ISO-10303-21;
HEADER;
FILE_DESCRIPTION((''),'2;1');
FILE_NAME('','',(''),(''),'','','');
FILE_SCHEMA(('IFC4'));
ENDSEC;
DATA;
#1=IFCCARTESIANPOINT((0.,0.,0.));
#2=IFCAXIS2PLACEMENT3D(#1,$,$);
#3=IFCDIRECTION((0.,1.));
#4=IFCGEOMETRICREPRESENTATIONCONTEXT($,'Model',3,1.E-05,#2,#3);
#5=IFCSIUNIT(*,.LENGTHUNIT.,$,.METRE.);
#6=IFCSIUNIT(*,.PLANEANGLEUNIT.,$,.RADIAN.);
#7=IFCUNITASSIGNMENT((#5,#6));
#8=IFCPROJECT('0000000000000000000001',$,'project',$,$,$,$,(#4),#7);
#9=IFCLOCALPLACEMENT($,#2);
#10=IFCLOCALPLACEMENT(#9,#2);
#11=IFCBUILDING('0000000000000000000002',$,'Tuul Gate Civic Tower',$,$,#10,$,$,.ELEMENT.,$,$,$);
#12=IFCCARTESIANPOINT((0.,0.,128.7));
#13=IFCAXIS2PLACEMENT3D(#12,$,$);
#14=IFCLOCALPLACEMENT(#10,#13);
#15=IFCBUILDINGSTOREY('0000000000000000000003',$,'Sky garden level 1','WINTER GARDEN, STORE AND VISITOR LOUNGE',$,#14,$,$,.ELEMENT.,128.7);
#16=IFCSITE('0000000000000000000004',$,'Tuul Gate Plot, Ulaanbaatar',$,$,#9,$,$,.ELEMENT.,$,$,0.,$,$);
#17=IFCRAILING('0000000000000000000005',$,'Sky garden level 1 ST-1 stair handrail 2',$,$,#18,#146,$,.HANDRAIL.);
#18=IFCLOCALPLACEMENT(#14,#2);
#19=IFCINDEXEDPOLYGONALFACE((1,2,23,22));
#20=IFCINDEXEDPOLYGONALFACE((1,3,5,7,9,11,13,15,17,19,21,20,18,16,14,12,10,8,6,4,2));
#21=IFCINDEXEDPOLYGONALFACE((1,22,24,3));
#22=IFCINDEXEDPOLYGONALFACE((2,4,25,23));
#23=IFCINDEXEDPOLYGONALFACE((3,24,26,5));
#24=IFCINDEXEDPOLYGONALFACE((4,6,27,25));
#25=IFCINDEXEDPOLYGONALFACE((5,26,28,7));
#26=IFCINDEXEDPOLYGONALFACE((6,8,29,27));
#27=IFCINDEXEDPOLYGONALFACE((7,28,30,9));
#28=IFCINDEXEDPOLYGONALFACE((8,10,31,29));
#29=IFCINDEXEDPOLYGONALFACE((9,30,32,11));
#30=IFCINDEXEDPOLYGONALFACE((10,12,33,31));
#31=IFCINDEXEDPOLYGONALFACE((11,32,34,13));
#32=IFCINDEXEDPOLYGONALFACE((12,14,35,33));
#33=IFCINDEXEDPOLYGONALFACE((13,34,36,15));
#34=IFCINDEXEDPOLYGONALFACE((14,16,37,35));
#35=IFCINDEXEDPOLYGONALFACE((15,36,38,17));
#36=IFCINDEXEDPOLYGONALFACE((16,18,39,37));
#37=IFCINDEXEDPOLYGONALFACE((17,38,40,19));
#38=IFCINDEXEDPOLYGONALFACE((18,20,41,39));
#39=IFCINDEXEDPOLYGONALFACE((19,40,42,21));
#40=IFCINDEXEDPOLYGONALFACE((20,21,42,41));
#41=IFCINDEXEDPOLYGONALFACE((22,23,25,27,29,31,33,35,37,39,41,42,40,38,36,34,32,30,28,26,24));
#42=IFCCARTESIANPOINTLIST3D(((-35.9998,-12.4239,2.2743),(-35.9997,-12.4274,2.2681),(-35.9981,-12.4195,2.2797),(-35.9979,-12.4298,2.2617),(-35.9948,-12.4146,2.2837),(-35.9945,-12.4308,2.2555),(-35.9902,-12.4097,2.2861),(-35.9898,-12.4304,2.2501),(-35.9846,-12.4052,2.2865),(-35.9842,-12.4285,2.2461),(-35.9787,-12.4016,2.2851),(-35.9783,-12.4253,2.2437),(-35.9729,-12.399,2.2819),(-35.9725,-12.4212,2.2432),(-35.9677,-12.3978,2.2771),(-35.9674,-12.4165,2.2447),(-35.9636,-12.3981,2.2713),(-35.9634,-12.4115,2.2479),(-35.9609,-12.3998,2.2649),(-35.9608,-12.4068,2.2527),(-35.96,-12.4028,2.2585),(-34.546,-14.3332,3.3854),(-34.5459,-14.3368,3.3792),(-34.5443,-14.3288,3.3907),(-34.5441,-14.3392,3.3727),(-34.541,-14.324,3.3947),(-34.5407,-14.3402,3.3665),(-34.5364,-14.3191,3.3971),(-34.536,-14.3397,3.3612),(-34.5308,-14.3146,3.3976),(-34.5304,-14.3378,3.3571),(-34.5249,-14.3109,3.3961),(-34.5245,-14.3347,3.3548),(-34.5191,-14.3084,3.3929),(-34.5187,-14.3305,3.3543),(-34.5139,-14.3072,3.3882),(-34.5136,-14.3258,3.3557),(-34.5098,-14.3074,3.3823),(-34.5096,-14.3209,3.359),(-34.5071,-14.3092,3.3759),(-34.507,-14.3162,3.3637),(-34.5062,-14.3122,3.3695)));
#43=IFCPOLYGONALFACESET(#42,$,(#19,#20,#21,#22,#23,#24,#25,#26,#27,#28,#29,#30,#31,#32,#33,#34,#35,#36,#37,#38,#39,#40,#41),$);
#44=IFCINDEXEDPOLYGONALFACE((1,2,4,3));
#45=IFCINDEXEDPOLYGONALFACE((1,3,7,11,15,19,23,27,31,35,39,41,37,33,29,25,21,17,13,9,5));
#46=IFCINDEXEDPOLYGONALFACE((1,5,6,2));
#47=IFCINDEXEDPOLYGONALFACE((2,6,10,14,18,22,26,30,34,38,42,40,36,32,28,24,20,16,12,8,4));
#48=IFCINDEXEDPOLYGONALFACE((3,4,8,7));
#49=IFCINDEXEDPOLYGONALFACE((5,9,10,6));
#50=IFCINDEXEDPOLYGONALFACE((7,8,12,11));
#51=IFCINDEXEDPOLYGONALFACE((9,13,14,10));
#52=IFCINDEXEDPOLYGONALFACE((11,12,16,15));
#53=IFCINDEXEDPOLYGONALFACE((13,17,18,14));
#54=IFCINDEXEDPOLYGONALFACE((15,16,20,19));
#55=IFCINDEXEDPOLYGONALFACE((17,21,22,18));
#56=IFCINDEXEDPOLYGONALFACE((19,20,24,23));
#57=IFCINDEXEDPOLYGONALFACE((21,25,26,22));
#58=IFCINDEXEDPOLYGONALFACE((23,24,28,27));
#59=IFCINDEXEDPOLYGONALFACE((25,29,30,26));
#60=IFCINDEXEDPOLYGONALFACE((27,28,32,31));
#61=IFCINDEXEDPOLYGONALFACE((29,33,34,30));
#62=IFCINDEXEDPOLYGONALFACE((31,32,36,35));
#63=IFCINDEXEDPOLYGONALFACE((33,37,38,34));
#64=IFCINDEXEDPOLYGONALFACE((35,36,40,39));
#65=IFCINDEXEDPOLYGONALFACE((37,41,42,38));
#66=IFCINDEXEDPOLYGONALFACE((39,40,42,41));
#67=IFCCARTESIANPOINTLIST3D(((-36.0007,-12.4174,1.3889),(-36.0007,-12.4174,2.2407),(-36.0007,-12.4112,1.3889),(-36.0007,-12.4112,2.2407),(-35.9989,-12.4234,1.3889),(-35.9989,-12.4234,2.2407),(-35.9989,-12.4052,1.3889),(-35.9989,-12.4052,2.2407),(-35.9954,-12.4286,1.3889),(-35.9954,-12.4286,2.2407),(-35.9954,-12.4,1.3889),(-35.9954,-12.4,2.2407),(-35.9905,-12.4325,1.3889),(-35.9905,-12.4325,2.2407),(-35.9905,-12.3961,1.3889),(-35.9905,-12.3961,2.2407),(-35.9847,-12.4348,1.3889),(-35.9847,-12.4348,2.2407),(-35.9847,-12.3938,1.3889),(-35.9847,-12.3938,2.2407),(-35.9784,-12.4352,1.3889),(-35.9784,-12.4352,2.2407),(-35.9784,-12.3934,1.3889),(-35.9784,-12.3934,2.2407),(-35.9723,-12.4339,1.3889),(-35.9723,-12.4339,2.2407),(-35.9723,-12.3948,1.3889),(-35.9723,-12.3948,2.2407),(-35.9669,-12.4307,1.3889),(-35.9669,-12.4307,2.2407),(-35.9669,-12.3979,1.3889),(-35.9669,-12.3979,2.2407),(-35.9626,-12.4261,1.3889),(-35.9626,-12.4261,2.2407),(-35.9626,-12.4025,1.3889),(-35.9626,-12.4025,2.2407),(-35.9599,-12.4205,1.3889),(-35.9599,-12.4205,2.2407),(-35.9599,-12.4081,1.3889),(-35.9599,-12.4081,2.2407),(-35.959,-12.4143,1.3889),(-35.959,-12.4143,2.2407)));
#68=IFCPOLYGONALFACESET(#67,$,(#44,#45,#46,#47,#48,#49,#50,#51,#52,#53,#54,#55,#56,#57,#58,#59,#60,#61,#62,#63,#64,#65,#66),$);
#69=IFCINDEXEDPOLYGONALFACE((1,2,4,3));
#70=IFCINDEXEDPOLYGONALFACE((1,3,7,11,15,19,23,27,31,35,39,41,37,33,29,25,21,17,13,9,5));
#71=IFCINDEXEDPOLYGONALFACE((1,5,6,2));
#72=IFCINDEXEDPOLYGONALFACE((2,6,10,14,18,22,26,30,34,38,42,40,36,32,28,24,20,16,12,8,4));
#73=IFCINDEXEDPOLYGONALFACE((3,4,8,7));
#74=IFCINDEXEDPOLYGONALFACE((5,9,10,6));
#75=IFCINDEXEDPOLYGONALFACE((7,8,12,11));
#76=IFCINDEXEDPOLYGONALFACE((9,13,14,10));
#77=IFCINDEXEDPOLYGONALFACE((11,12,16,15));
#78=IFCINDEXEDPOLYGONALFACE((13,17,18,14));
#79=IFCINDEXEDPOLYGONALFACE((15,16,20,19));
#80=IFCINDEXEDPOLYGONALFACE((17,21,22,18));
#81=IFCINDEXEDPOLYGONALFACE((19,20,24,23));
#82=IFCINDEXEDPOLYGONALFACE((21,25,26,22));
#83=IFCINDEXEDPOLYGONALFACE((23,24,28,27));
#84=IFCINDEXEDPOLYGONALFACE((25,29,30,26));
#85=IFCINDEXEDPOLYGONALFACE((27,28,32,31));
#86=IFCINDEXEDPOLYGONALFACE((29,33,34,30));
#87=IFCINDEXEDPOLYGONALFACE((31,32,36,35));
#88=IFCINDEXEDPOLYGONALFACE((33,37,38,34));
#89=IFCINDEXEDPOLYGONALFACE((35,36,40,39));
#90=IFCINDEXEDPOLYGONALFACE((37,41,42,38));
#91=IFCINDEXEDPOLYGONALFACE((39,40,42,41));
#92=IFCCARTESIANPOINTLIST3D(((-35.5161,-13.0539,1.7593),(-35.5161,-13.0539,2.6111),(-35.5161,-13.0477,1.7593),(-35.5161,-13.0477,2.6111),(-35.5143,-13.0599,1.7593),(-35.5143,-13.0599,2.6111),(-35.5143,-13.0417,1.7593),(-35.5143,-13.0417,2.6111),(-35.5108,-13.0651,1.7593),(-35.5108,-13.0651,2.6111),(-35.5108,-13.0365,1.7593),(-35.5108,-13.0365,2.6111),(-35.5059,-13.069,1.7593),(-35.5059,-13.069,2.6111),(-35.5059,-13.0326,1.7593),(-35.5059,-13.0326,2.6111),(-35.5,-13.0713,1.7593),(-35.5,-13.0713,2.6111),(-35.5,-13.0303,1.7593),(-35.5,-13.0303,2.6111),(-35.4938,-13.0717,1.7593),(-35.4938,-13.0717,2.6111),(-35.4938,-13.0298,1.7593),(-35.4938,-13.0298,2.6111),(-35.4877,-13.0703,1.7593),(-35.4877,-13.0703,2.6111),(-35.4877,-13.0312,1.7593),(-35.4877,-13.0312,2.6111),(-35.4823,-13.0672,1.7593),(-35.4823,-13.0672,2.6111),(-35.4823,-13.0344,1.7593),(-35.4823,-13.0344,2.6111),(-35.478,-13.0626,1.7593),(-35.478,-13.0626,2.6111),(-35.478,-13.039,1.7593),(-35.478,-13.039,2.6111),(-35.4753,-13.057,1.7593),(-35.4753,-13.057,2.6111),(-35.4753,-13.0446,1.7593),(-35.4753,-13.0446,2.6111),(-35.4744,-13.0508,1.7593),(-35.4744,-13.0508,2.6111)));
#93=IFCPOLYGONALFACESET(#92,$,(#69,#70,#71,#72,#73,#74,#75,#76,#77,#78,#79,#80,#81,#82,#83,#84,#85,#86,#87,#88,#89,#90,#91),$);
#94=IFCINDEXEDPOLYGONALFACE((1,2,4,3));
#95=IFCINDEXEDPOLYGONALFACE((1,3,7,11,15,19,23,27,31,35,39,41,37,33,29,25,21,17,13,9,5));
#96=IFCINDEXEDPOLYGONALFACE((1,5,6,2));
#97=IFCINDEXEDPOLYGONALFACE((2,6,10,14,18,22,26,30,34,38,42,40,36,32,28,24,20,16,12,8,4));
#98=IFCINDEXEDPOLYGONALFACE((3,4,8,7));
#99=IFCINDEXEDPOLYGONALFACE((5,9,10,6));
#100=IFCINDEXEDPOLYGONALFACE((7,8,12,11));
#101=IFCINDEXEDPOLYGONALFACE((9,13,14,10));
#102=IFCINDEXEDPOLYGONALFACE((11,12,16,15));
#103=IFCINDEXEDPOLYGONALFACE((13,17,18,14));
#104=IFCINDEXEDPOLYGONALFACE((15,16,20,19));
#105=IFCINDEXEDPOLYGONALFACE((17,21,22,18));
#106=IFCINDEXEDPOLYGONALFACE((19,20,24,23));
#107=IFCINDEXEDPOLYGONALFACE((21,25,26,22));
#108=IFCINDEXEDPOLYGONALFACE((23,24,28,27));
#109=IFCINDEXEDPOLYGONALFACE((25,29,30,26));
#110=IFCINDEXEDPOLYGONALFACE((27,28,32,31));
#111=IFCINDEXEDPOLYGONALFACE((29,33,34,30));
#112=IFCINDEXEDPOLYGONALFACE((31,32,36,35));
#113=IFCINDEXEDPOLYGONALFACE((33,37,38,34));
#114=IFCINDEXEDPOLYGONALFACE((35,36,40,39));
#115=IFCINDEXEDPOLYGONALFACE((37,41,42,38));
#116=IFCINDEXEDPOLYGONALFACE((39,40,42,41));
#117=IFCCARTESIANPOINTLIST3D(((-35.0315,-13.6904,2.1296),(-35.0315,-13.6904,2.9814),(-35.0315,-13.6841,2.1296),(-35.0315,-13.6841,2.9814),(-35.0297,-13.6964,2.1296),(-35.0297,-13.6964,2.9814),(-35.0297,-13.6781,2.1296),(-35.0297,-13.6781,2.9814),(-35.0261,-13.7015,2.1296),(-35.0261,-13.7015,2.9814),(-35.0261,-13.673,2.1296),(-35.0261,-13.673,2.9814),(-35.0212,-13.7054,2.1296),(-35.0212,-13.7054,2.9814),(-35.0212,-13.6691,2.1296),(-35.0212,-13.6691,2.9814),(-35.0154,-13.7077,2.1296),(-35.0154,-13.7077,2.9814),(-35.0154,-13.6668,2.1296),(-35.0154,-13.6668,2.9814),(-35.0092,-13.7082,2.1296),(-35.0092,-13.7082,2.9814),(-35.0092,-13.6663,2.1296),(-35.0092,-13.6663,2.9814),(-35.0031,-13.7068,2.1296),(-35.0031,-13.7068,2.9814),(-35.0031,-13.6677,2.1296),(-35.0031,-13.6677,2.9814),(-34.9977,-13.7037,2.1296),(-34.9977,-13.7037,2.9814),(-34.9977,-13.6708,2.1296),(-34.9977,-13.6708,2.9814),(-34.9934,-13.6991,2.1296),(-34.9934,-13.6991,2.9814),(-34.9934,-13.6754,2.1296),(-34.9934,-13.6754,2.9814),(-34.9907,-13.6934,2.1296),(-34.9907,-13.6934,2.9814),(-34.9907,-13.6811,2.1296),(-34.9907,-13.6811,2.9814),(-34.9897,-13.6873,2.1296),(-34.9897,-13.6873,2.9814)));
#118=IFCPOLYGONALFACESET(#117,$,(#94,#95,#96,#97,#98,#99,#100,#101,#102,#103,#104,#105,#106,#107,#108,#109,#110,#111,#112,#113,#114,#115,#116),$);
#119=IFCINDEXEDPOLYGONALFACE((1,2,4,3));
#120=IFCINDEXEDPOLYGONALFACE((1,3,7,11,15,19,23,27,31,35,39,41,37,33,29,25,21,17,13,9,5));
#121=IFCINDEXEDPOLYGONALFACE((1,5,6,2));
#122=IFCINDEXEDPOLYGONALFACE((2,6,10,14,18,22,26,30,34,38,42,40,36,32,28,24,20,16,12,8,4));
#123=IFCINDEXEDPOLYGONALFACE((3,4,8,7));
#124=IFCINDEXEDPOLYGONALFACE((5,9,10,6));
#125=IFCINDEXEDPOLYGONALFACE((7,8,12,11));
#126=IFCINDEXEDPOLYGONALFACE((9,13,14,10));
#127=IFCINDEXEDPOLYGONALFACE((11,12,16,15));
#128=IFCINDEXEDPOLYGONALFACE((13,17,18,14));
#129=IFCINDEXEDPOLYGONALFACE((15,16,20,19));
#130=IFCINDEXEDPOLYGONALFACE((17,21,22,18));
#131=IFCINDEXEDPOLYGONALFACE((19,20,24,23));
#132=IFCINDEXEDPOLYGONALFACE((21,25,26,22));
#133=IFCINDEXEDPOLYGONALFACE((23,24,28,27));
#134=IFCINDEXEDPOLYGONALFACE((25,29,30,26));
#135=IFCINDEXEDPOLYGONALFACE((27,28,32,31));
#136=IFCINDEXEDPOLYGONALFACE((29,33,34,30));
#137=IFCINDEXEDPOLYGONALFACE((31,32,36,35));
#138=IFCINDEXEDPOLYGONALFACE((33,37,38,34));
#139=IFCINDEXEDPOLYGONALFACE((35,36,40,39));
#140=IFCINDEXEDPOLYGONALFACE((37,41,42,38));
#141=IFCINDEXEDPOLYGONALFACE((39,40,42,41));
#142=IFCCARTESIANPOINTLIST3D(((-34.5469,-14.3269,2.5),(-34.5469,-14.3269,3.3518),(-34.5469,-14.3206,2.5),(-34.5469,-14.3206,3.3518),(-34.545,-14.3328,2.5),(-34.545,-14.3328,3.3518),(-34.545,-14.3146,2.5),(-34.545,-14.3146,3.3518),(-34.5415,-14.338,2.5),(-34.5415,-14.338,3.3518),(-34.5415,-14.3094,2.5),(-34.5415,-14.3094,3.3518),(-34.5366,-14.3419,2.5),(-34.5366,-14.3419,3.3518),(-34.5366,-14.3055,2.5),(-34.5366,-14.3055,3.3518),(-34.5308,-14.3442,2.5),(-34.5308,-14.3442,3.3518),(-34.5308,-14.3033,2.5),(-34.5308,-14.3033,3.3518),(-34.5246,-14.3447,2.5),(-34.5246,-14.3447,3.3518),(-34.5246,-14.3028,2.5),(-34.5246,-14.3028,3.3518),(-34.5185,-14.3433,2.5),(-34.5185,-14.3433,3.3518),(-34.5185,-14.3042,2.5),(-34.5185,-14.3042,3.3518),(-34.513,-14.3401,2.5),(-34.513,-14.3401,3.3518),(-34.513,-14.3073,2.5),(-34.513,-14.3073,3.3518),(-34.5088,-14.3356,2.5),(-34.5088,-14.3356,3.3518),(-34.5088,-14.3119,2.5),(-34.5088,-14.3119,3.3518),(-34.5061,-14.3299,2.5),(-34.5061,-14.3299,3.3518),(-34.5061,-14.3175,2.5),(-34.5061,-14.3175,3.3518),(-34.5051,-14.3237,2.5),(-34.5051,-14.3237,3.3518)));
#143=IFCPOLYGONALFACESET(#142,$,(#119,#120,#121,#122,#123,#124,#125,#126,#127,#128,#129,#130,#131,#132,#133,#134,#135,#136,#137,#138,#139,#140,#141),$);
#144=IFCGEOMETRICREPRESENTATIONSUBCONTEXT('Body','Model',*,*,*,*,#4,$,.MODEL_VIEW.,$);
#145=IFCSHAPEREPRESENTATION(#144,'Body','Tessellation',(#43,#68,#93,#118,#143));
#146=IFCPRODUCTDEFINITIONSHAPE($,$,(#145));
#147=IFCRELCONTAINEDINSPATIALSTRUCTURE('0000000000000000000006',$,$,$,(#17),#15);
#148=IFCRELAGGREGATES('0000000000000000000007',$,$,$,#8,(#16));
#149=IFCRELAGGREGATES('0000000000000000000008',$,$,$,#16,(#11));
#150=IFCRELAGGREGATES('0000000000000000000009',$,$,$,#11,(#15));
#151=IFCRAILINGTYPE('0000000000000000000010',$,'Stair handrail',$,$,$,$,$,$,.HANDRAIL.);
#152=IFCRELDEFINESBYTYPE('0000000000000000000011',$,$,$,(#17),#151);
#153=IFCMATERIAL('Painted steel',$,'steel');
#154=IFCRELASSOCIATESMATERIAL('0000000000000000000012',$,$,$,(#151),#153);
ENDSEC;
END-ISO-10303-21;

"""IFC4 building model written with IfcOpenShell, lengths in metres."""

from ifc_helpers import new_model, si_unit, direction, frame, origin, origin_2d, place, context, subcontext, project, spatial, circle, extrude, material, type_object, element, save


model = new_model("IFC4")

# Units and contexts
model_context = context("Model", 3, precision=1e-05, world=origin(), true_north=direction((0.0, 1.0)))
body_context = subcontext(model_context, "Body", "Model", "MODEL_VIEW")
ifc_project = project(units=[si_unit("LENGTHUNIT", "METRE"), si_unit("PLANEANGLEUNIT", "RADIAN")], contexts=[model_context])

# Site, building, storey
site_placement = place(None, origin())
site = spatial("IfcSite", under=ifc_project, at=site_placement, Name="Tuul Gate Plot, Ulaanbaatar", CompositionType="ELEMENT", RefElevation=0.0)
building_placement = place(site_placement, origin())
building = spatial("IfcBuilding", under=site, at=building_placement, Name="Tuul Gate Civic Tower", CompositionType="ELEMENT")
storey_placement = place(building_placement, frame((0.0, 0.0, 128.7)))
storey = spatial("IfcBuildingStorey", under=building, at=storey_placement, Name="Sky garden level 1", Description="WINTER GARDEN, STORE AND VISITOR LOUNGE", CompositionType="ELEMENT", Elevation=128.7)

# Railing
ifc_material_1 = material(Name="Painted steel", Category="steel")
railing_type_1 = type_object("IfcRailingType", Name="Stair handrail", PredefinedType="HANDRAIL", material=ifc_material_1)
for number, where, name in (
    (1, (-35.98, -12.4143, 1.3889), "Sky garden level 1 ST-1 stair handrail 2"),
):
    element("IfcRailing", number, at=place(storey_placement, frame(where)), inside=storey, type_object=railing_type_1, Name=name, PredefinedType="HANDRAIL", context=body_context, shape_type="SweptSolid", body=[
        extrude(circle(Radius=0.0239, at=origin_2d()), frame((0.0, 0.0, 0.876), z_axis=(0.549738, -0.721998, 0.420127), x_axis=(0.795621, 0.605795, 0.0)), (0.0, 0.0, 1.0), 2.6445),
        extrude(circle(Radius=0.021, at=origin_2d()), origin(), (0.0, 0.0, 1.0), 0.8518),
        extrude(circle(Radius=0.021, at=origin_2d()), frame((0.4846, -0.6365, 0.3704)), (0.0, 0.0, 1.0), 0.8518),
        extrude(circle(Radius=0.021, at=origin_2d()), frame((0.9692, -1.2729, 0.7407)), (0.0, 0.0, 1.0), 0.8518),
        extrude(circle(Radius=0.021, at=origin_2d()), frame((1.4539, -1.9094, 1.1111)), (0.0, 0.0, 1.0), 0.8518),
    ])

save(model, "model.ifc")
